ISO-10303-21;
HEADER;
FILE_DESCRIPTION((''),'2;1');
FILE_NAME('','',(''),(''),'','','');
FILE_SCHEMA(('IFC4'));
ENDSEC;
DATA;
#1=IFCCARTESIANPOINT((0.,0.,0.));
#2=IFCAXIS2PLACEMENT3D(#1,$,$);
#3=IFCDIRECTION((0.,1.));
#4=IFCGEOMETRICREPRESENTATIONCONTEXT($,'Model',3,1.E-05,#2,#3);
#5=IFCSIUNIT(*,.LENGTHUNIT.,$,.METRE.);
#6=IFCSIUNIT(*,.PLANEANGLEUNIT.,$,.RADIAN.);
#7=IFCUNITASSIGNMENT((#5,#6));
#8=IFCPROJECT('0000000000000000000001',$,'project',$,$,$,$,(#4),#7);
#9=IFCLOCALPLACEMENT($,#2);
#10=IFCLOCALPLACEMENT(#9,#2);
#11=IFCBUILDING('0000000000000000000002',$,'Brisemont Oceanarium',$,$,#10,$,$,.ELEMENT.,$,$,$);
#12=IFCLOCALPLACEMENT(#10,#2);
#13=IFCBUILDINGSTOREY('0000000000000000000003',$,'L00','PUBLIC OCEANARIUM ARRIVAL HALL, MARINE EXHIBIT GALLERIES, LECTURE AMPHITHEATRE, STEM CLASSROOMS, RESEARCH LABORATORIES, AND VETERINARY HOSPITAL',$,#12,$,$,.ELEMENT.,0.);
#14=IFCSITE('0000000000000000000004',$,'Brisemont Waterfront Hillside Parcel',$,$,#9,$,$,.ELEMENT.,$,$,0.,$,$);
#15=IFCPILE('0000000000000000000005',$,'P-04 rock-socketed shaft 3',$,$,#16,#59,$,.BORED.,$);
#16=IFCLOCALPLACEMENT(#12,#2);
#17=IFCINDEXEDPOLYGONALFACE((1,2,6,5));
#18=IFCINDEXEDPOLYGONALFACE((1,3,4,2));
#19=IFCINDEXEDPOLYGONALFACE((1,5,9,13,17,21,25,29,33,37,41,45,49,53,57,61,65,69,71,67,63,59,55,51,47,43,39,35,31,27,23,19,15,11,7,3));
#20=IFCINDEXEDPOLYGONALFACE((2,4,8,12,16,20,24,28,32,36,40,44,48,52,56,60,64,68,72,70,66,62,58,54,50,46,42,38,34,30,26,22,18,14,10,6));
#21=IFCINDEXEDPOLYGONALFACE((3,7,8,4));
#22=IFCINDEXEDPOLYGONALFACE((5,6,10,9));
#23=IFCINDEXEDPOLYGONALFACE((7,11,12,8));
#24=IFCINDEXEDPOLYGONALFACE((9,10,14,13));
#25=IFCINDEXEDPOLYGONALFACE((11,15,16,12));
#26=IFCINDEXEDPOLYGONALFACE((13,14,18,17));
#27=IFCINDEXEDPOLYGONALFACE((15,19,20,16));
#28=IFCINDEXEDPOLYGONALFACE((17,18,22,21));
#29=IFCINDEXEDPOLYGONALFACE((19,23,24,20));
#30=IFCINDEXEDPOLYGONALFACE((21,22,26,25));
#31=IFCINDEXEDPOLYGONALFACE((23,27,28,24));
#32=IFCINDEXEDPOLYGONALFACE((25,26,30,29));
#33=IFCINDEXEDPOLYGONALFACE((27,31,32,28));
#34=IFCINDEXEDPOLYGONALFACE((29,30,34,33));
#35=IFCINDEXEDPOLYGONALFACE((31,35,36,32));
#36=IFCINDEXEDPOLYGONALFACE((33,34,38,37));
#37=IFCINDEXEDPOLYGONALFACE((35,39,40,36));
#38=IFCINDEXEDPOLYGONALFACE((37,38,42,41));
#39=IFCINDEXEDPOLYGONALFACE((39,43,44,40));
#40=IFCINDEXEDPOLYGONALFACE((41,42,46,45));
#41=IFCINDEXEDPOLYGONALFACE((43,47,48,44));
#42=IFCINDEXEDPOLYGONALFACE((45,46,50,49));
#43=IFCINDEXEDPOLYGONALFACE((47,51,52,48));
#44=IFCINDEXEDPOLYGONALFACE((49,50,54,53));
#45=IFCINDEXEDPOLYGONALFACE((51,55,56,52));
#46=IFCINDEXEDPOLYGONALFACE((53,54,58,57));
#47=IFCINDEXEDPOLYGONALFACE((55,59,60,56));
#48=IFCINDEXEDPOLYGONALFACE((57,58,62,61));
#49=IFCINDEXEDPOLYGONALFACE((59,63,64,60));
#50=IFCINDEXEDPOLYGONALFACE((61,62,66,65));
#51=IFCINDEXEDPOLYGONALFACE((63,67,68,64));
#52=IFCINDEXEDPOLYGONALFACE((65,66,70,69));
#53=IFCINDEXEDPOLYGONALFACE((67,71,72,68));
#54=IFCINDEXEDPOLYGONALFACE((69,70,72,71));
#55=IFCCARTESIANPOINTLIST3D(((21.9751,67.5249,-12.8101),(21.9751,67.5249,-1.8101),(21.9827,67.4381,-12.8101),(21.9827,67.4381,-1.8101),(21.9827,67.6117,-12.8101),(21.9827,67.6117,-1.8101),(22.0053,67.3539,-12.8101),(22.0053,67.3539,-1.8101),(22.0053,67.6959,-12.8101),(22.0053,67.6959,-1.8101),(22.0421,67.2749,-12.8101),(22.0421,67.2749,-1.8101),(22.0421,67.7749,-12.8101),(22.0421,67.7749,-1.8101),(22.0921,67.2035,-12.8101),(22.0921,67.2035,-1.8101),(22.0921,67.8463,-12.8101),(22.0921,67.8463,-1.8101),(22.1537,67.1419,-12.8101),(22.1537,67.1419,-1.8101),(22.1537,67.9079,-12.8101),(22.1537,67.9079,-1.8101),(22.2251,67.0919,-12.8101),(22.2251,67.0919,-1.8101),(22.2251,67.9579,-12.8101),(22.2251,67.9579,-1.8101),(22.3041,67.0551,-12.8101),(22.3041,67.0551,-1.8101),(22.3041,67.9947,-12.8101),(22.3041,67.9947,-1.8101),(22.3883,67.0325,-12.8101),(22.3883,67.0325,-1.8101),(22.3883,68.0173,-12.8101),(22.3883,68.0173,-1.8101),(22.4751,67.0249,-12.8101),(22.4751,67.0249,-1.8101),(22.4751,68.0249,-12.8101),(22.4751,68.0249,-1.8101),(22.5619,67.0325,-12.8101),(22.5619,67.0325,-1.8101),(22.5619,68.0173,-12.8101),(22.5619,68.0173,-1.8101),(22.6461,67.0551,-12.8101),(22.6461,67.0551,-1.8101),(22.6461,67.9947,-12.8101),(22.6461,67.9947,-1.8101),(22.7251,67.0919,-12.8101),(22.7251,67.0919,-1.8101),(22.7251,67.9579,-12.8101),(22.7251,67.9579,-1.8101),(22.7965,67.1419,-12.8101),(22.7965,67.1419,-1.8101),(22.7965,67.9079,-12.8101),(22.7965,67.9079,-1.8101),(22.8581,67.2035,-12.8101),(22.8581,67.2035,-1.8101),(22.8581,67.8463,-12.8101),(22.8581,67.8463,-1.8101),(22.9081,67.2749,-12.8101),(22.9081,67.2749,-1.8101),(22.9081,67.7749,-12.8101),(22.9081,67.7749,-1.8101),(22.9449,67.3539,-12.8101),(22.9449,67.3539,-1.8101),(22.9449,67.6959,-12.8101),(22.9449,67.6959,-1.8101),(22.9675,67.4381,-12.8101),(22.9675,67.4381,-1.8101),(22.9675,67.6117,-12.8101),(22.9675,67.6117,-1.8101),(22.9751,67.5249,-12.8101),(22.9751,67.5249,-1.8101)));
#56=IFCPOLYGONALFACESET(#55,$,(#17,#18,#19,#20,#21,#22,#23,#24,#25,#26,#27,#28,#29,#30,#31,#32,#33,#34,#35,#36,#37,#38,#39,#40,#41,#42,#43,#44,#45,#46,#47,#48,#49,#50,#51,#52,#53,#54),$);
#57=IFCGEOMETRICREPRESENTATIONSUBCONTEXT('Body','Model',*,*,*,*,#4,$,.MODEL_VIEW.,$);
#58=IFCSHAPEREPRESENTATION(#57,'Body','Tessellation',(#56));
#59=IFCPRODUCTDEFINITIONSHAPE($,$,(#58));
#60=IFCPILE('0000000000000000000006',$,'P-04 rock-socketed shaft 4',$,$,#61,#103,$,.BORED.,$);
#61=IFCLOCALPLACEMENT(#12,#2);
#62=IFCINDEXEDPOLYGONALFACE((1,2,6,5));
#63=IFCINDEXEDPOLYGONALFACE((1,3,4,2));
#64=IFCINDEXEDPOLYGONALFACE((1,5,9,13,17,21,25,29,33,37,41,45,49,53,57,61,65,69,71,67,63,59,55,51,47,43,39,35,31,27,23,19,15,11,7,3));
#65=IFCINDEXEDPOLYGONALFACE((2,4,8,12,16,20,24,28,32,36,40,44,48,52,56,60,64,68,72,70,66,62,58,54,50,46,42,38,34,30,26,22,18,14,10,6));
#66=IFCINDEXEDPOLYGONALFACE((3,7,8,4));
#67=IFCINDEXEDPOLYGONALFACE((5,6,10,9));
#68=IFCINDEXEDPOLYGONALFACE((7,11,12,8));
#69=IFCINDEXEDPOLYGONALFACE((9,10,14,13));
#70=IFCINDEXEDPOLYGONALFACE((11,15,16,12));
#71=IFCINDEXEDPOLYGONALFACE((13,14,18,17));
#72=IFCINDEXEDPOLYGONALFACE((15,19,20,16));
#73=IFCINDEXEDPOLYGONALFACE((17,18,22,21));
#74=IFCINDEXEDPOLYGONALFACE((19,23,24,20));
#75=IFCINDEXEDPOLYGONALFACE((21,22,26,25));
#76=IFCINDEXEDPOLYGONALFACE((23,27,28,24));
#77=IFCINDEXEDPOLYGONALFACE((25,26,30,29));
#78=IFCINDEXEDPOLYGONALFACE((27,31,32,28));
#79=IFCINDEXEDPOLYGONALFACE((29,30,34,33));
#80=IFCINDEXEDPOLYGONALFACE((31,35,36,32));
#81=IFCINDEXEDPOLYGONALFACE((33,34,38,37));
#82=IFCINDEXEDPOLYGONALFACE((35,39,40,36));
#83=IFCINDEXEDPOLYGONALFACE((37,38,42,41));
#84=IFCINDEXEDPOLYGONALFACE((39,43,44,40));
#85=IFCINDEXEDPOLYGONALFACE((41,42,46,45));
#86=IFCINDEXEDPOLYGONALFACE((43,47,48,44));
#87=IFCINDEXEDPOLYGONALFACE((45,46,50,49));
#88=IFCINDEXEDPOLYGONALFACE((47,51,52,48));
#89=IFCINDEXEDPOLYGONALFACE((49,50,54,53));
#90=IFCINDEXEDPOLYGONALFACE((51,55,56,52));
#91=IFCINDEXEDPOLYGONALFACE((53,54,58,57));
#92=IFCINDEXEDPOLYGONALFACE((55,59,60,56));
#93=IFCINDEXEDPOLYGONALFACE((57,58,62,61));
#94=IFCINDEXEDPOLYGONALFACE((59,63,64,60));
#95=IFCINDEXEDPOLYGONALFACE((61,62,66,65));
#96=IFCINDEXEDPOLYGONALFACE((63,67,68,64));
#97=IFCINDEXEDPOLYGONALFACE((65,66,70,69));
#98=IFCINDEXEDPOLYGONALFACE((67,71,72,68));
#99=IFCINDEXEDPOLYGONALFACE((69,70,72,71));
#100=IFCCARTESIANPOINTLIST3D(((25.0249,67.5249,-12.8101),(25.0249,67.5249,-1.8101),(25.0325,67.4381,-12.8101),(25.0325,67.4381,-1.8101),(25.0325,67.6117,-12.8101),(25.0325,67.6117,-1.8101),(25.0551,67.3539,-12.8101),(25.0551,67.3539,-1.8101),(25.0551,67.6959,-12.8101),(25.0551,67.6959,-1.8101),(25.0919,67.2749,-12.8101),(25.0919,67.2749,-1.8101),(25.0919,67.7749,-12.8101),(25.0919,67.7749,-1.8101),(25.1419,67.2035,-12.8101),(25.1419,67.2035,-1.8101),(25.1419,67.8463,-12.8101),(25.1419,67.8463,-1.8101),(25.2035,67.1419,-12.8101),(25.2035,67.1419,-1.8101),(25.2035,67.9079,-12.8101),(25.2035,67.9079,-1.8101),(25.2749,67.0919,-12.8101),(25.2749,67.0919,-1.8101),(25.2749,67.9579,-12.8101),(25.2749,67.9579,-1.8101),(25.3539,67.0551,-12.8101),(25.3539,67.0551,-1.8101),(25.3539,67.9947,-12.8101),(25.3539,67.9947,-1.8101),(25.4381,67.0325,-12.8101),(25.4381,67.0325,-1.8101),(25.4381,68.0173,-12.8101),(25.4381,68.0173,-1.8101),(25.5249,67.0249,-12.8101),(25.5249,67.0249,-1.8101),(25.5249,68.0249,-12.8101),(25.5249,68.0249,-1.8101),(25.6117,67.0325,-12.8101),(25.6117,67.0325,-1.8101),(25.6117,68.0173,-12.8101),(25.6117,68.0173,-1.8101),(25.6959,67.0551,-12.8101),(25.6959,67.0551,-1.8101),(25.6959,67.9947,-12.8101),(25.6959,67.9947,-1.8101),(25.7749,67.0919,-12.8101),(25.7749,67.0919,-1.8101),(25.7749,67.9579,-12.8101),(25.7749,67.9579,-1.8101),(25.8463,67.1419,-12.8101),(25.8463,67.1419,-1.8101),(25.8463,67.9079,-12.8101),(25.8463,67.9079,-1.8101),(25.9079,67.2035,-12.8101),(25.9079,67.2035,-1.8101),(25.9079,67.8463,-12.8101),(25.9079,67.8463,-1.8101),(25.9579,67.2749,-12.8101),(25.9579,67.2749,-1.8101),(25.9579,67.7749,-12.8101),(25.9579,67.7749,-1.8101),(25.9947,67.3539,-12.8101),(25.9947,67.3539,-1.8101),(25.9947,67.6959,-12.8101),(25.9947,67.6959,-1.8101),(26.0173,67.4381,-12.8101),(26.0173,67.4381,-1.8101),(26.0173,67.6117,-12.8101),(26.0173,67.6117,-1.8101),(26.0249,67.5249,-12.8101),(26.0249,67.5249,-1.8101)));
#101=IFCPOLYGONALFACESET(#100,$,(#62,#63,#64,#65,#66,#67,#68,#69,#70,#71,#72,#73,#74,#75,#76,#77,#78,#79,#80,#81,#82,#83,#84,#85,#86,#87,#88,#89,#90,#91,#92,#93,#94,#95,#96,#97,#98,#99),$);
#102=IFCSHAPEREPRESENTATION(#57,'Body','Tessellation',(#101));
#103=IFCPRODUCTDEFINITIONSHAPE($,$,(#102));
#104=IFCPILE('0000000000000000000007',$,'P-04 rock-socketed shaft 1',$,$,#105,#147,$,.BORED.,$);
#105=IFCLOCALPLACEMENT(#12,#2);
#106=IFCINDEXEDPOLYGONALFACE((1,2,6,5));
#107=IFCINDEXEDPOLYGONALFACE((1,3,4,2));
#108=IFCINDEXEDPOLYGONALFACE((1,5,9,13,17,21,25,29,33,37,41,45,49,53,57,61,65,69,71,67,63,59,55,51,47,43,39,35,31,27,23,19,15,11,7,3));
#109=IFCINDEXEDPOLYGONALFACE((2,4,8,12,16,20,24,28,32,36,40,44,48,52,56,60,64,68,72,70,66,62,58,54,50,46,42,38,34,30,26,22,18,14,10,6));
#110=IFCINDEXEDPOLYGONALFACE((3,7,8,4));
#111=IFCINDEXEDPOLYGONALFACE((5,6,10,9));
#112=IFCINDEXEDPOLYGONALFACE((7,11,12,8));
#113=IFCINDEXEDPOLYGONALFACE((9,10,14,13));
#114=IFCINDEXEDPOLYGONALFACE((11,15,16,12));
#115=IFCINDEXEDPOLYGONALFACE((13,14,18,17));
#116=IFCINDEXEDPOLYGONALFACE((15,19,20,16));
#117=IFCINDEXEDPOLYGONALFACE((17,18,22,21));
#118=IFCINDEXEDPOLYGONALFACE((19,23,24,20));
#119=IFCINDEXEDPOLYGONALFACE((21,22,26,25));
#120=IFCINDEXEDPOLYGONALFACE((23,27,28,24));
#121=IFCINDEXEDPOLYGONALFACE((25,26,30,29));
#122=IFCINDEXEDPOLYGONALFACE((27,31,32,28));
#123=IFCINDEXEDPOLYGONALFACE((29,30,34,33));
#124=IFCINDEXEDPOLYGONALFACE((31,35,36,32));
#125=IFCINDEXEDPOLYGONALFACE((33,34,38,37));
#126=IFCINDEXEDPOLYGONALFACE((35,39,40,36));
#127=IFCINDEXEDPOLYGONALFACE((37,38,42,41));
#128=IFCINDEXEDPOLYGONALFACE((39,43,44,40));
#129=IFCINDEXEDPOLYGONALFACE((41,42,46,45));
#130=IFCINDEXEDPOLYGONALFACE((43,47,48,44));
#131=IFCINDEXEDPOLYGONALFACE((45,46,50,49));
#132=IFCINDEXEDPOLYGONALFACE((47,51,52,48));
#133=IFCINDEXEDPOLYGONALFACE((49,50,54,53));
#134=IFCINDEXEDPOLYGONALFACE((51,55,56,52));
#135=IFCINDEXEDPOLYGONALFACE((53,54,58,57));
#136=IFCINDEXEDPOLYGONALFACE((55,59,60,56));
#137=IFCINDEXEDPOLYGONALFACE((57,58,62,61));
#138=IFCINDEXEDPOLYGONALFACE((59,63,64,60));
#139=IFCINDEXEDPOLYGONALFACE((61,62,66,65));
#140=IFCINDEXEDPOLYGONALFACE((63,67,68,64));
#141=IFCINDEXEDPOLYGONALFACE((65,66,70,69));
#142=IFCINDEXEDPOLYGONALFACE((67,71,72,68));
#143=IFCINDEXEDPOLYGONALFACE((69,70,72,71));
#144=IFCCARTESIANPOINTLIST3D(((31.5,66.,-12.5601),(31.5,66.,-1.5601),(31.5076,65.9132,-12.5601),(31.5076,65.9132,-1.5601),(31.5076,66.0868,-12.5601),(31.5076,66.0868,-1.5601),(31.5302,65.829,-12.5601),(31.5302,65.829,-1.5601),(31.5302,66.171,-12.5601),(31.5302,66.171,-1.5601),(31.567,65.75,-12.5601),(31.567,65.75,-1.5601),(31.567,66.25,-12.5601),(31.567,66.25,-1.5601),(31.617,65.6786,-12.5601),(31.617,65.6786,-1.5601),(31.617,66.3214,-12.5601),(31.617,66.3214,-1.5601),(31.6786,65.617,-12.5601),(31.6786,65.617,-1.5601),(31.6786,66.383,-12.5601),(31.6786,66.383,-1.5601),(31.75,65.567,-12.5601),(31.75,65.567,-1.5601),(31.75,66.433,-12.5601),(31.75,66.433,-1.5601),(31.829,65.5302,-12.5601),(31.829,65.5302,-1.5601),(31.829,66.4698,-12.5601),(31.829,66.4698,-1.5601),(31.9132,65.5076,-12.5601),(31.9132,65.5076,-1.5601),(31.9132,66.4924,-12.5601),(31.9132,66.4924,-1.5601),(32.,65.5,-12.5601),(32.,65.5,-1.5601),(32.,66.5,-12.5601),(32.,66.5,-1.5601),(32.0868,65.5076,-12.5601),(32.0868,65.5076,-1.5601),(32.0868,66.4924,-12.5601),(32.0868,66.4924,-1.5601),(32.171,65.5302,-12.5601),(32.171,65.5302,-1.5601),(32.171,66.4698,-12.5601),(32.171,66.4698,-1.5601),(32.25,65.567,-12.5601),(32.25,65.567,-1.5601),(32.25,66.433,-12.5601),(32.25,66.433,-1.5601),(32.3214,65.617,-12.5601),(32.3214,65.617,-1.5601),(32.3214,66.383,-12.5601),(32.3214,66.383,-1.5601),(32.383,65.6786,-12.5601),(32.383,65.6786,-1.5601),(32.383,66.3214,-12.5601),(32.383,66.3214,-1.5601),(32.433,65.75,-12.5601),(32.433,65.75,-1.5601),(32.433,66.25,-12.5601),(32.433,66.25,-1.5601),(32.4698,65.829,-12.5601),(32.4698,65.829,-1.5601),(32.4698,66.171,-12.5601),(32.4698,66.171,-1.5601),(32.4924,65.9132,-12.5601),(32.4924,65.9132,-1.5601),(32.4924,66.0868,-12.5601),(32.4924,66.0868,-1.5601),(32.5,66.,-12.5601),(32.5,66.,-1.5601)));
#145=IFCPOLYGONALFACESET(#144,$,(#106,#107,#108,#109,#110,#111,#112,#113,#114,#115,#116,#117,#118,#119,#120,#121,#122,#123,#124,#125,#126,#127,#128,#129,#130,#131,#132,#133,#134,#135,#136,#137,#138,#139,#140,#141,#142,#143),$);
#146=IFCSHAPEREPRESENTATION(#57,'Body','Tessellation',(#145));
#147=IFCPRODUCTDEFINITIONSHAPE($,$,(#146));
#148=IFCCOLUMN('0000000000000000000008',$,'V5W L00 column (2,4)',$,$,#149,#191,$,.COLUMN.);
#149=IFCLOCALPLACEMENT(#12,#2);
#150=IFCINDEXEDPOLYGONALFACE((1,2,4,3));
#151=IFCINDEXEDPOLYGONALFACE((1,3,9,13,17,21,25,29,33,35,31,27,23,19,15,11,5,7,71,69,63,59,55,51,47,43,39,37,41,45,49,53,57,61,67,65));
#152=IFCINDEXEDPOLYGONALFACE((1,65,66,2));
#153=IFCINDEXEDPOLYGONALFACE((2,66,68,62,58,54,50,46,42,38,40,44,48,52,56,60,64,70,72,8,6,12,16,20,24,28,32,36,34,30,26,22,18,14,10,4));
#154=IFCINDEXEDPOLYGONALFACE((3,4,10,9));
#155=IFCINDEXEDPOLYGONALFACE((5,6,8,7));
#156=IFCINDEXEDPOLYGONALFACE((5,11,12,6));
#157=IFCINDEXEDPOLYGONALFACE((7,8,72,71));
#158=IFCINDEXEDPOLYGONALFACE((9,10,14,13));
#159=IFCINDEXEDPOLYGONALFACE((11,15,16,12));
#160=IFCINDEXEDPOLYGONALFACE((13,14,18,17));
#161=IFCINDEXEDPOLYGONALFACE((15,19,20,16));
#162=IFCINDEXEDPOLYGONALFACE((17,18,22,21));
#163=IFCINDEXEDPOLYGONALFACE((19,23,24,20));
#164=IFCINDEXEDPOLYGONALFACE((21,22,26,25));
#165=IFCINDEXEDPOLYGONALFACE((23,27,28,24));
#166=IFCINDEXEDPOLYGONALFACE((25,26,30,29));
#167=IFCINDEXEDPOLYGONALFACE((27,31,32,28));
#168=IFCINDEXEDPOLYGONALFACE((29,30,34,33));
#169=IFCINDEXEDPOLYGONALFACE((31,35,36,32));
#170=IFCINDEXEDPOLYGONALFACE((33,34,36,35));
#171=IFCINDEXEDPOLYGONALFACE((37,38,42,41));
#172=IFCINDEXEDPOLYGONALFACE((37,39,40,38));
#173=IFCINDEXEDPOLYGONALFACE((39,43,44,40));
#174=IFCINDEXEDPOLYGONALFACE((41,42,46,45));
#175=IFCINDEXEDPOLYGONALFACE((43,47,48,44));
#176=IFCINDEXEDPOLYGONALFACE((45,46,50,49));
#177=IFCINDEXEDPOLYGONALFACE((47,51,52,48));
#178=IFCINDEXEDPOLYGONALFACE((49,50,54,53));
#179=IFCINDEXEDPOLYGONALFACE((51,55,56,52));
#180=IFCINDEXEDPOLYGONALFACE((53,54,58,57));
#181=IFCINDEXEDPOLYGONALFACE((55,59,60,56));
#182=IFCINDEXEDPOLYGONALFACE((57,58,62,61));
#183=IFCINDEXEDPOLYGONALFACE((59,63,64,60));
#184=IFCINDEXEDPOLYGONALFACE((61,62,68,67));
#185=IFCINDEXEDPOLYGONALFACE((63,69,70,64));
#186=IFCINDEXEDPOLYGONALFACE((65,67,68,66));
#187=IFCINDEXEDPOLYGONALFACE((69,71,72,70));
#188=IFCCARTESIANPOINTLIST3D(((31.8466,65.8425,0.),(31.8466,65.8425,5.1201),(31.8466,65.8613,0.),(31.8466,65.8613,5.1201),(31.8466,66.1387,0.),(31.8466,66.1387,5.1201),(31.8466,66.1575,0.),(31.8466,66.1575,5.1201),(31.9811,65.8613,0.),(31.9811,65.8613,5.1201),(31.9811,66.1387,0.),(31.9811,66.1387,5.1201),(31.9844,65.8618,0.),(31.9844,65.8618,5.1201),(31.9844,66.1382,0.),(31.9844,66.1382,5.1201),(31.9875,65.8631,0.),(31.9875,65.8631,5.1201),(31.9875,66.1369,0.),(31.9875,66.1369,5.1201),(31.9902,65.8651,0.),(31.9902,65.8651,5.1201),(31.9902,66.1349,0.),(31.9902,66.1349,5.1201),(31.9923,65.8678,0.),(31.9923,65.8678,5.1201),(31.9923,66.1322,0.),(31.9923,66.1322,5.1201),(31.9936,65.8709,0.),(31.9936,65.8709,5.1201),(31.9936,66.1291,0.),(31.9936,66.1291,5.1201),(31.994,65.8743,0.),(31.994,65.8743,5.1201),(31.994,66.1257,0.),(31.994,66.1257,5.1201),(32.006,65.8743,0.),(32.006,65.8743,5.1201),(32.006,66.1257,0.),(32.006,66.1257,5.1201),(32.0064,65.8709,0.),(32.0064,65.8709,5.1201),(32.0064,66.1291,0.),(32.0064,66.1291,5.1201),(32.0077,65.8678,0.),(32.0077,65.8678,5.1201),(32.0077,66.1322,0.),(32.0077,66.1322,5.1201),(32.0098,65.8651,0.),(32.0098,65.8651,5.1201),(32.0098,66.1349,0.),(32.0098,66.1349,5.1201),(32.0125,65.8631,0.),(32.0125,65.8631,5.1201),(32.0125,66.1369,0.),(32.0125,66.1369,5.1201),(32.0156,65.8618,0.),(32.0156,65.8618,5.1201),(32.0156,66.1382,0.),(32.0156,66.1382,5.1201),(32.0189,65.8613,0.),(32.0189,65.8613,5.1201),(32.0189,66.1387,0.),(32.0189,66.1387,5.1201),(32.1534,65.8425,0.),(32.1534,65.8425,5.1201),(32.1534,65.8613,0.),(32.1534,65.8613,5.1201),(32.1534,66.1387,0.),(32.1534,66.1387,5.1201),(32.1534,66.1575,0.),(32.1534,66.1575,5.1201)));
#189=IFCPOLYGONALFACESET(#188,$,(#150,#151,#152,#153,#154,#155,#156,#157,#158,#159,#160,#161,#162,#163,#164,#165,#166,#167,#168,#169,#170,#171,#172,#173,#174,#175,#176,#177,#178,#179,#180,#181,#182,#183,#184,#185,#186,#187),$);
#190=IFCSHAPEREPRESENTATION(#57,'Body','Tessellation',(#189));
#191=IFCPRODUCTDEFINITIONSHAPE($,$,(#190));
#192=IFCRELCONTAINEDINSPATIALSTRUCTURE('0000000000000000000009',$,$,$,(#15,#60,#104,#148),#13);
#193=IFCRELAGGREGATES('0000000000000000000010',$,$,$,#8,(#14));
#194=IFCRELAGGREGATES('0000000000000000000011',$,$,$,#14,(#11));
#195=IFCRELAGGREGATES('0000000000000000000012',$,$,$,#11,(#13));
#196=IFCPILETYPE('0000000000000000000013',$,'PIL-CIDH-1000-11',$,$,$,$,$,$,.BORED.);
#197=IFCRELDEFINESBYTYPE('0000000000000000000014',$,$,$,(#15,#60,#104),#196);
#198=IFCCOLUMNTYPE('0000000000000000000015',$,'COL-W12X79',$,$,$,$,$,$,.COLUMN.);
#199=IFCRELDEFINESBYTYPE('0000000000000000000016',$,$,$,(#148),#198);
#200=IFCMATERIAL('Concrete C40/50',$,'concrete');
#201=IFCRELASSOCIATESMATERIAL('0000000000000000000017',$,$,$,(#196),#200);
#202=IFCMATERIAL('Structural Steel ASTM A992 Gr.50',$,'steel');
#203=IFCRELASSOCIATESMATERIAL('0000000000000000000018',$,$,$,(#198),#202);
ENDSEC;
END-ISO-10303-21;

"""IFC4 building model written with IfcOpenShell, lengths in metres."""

from ifc_helpers import new_model, si_unit, direction, frame, origin, origin_2d, place, context, subcontext, project, spatial, circle, i_section, extrude, material, material_profile, profile_set, type_object, element, save


model = new_model("IFC4")

# Units and contexts
model_context = context("Model", 3, precision=1e-05, world=origin(), true_north=direction((0.0, 1.0)))
body_context = subcontext(model_context, "Body", "Model", "MODEL_VIEW")
ifc_project = project(units=[si_unit("LENGTHUNIT", "METRE"), si_unit("PLANEANGLEUNIT", "RADIAN")], contexts=[model_context])

# Site, building, storey
site_placement = place(None, origin())
site = spatial("IfcSite", under=ifc_project, at=site_placement, Name="Brisemont Waterfront Hillside Parcel", CompositionType="ELEMENT", RefElevation=0.0)
building_placement = place(site_placement, origin())
building = spatial("IfcBuilding", under=site, at=building_placement, Name="Brisemont Oceanarium", CompositionType="ELEMENT")
storey_placement = place(building_placement, origin())
storey = spatial("IfcBuildingStorey", under=building, at=storey_placement, Name="L00", Description="PUBLIC OCEANARIUM ARRIVAL HALL, MARINE EXHIBIT GALLERIES, LECTURE AMPHITHEATRE, STEM CLASSROOMS, RESEARCH LABORATORIES, AND VETERINARY HOSPITAL", CompositionType="ELEMENT", Elevation=0.0)

# Piles
ifc_material_1 = material(Name="Concrete C40/50", Category="concrete")
ifc_material_profile_1 = material_profile(ifc_material_1, circle(Radius=0.5, at=origin_2d()), Name="CIDH-D1000")
ifc_profile_set_1 = profile_set([ifc_material_profile_1], Name="Concrete C40/50")
pile_type = type_object("IfcPileType", Name="PIL-CIDH-1000-11", PredefinedType="BORED", material=ifc_profile_set_1)
for number, where, z_axis, x_axis, name in (
    (1, (22.4751, 67.5249, -1.8101), (0.0, 0.0, -1.0), (1.0, 0.0, 0.0), "P-04 rock-socketed shaft 3"),
    (2, (25.5249, 67.5249, -1.8101), (0.0, 0.0, -1.0), (1.0, 0.0, 0.0), "P-04 rock-socketed shaft 4"),
    (3, (32.0, 66.0, -1.5601), (0.0, 0.0, -1.0), (1.0, 0.0, 0.0), "P-04 rock-socketed shaft 1"),
):
    element("IfcPile", number, at=place(storey_placement, frame(where, z_axis=z_axis, x_axis=x_axis)), inside=storey, type_object=pile_type, Name=name, PredefinedType="BORED", context=body_context, shape_type="SweptSolid", body=[
        extrude(circle(Radius=0.5, at=origin_2d()), origin(), (0.0, 0.0, 1.0), 11.0),
    ])

# Column
ifc_material_2 = material(Name="Structural Steel ASTM A992 Gr.50", Category="steel")
ifc_material_profile_2 = material_profile(ifc_material_2, i_section(OverallWidth=0.3069, OverallDepth=0.3149, WebThickness=0.012, FlangeThickness=0.0188, FilletRadius=0.0129, at=origin_2d()), Name="W12X79")
ifc_profile_set_2 = profile_set([ifc_material_profile_2], Name="Structural Steel ASTM A992 Gr.50")
column_type_1 = type_object("IfcColumnType", Name="COL-W12X79", PredefinedType="COLUMN", material=ifc_profile_set_2)
column_1_placement = place(storey_placement, frame((32.0, 66.0, 0.0), z_axis=(0.0, 0.0, 1.0), x_axis=(1.0, 0.0, 0.0)))
element("IfcColumn", 4, at=column_1_placement, inside=storey, type_object=column_type_1, Name="V5W L00 column (2,4)", PredefinedType="COLUMN", context=body_context, shape_type="SweptSolid", body=[
    extrude(i_section(OverallWidth=0.3069, OverallDepth=0.3149, WebThickness=0.012, FlangeThickness=0.0188, FilletRadius=0.0129, at=origin_2d()), origin(), (0.0, 0.0, 1.0), 5.1201),
])

save(model, "model.ifc")
